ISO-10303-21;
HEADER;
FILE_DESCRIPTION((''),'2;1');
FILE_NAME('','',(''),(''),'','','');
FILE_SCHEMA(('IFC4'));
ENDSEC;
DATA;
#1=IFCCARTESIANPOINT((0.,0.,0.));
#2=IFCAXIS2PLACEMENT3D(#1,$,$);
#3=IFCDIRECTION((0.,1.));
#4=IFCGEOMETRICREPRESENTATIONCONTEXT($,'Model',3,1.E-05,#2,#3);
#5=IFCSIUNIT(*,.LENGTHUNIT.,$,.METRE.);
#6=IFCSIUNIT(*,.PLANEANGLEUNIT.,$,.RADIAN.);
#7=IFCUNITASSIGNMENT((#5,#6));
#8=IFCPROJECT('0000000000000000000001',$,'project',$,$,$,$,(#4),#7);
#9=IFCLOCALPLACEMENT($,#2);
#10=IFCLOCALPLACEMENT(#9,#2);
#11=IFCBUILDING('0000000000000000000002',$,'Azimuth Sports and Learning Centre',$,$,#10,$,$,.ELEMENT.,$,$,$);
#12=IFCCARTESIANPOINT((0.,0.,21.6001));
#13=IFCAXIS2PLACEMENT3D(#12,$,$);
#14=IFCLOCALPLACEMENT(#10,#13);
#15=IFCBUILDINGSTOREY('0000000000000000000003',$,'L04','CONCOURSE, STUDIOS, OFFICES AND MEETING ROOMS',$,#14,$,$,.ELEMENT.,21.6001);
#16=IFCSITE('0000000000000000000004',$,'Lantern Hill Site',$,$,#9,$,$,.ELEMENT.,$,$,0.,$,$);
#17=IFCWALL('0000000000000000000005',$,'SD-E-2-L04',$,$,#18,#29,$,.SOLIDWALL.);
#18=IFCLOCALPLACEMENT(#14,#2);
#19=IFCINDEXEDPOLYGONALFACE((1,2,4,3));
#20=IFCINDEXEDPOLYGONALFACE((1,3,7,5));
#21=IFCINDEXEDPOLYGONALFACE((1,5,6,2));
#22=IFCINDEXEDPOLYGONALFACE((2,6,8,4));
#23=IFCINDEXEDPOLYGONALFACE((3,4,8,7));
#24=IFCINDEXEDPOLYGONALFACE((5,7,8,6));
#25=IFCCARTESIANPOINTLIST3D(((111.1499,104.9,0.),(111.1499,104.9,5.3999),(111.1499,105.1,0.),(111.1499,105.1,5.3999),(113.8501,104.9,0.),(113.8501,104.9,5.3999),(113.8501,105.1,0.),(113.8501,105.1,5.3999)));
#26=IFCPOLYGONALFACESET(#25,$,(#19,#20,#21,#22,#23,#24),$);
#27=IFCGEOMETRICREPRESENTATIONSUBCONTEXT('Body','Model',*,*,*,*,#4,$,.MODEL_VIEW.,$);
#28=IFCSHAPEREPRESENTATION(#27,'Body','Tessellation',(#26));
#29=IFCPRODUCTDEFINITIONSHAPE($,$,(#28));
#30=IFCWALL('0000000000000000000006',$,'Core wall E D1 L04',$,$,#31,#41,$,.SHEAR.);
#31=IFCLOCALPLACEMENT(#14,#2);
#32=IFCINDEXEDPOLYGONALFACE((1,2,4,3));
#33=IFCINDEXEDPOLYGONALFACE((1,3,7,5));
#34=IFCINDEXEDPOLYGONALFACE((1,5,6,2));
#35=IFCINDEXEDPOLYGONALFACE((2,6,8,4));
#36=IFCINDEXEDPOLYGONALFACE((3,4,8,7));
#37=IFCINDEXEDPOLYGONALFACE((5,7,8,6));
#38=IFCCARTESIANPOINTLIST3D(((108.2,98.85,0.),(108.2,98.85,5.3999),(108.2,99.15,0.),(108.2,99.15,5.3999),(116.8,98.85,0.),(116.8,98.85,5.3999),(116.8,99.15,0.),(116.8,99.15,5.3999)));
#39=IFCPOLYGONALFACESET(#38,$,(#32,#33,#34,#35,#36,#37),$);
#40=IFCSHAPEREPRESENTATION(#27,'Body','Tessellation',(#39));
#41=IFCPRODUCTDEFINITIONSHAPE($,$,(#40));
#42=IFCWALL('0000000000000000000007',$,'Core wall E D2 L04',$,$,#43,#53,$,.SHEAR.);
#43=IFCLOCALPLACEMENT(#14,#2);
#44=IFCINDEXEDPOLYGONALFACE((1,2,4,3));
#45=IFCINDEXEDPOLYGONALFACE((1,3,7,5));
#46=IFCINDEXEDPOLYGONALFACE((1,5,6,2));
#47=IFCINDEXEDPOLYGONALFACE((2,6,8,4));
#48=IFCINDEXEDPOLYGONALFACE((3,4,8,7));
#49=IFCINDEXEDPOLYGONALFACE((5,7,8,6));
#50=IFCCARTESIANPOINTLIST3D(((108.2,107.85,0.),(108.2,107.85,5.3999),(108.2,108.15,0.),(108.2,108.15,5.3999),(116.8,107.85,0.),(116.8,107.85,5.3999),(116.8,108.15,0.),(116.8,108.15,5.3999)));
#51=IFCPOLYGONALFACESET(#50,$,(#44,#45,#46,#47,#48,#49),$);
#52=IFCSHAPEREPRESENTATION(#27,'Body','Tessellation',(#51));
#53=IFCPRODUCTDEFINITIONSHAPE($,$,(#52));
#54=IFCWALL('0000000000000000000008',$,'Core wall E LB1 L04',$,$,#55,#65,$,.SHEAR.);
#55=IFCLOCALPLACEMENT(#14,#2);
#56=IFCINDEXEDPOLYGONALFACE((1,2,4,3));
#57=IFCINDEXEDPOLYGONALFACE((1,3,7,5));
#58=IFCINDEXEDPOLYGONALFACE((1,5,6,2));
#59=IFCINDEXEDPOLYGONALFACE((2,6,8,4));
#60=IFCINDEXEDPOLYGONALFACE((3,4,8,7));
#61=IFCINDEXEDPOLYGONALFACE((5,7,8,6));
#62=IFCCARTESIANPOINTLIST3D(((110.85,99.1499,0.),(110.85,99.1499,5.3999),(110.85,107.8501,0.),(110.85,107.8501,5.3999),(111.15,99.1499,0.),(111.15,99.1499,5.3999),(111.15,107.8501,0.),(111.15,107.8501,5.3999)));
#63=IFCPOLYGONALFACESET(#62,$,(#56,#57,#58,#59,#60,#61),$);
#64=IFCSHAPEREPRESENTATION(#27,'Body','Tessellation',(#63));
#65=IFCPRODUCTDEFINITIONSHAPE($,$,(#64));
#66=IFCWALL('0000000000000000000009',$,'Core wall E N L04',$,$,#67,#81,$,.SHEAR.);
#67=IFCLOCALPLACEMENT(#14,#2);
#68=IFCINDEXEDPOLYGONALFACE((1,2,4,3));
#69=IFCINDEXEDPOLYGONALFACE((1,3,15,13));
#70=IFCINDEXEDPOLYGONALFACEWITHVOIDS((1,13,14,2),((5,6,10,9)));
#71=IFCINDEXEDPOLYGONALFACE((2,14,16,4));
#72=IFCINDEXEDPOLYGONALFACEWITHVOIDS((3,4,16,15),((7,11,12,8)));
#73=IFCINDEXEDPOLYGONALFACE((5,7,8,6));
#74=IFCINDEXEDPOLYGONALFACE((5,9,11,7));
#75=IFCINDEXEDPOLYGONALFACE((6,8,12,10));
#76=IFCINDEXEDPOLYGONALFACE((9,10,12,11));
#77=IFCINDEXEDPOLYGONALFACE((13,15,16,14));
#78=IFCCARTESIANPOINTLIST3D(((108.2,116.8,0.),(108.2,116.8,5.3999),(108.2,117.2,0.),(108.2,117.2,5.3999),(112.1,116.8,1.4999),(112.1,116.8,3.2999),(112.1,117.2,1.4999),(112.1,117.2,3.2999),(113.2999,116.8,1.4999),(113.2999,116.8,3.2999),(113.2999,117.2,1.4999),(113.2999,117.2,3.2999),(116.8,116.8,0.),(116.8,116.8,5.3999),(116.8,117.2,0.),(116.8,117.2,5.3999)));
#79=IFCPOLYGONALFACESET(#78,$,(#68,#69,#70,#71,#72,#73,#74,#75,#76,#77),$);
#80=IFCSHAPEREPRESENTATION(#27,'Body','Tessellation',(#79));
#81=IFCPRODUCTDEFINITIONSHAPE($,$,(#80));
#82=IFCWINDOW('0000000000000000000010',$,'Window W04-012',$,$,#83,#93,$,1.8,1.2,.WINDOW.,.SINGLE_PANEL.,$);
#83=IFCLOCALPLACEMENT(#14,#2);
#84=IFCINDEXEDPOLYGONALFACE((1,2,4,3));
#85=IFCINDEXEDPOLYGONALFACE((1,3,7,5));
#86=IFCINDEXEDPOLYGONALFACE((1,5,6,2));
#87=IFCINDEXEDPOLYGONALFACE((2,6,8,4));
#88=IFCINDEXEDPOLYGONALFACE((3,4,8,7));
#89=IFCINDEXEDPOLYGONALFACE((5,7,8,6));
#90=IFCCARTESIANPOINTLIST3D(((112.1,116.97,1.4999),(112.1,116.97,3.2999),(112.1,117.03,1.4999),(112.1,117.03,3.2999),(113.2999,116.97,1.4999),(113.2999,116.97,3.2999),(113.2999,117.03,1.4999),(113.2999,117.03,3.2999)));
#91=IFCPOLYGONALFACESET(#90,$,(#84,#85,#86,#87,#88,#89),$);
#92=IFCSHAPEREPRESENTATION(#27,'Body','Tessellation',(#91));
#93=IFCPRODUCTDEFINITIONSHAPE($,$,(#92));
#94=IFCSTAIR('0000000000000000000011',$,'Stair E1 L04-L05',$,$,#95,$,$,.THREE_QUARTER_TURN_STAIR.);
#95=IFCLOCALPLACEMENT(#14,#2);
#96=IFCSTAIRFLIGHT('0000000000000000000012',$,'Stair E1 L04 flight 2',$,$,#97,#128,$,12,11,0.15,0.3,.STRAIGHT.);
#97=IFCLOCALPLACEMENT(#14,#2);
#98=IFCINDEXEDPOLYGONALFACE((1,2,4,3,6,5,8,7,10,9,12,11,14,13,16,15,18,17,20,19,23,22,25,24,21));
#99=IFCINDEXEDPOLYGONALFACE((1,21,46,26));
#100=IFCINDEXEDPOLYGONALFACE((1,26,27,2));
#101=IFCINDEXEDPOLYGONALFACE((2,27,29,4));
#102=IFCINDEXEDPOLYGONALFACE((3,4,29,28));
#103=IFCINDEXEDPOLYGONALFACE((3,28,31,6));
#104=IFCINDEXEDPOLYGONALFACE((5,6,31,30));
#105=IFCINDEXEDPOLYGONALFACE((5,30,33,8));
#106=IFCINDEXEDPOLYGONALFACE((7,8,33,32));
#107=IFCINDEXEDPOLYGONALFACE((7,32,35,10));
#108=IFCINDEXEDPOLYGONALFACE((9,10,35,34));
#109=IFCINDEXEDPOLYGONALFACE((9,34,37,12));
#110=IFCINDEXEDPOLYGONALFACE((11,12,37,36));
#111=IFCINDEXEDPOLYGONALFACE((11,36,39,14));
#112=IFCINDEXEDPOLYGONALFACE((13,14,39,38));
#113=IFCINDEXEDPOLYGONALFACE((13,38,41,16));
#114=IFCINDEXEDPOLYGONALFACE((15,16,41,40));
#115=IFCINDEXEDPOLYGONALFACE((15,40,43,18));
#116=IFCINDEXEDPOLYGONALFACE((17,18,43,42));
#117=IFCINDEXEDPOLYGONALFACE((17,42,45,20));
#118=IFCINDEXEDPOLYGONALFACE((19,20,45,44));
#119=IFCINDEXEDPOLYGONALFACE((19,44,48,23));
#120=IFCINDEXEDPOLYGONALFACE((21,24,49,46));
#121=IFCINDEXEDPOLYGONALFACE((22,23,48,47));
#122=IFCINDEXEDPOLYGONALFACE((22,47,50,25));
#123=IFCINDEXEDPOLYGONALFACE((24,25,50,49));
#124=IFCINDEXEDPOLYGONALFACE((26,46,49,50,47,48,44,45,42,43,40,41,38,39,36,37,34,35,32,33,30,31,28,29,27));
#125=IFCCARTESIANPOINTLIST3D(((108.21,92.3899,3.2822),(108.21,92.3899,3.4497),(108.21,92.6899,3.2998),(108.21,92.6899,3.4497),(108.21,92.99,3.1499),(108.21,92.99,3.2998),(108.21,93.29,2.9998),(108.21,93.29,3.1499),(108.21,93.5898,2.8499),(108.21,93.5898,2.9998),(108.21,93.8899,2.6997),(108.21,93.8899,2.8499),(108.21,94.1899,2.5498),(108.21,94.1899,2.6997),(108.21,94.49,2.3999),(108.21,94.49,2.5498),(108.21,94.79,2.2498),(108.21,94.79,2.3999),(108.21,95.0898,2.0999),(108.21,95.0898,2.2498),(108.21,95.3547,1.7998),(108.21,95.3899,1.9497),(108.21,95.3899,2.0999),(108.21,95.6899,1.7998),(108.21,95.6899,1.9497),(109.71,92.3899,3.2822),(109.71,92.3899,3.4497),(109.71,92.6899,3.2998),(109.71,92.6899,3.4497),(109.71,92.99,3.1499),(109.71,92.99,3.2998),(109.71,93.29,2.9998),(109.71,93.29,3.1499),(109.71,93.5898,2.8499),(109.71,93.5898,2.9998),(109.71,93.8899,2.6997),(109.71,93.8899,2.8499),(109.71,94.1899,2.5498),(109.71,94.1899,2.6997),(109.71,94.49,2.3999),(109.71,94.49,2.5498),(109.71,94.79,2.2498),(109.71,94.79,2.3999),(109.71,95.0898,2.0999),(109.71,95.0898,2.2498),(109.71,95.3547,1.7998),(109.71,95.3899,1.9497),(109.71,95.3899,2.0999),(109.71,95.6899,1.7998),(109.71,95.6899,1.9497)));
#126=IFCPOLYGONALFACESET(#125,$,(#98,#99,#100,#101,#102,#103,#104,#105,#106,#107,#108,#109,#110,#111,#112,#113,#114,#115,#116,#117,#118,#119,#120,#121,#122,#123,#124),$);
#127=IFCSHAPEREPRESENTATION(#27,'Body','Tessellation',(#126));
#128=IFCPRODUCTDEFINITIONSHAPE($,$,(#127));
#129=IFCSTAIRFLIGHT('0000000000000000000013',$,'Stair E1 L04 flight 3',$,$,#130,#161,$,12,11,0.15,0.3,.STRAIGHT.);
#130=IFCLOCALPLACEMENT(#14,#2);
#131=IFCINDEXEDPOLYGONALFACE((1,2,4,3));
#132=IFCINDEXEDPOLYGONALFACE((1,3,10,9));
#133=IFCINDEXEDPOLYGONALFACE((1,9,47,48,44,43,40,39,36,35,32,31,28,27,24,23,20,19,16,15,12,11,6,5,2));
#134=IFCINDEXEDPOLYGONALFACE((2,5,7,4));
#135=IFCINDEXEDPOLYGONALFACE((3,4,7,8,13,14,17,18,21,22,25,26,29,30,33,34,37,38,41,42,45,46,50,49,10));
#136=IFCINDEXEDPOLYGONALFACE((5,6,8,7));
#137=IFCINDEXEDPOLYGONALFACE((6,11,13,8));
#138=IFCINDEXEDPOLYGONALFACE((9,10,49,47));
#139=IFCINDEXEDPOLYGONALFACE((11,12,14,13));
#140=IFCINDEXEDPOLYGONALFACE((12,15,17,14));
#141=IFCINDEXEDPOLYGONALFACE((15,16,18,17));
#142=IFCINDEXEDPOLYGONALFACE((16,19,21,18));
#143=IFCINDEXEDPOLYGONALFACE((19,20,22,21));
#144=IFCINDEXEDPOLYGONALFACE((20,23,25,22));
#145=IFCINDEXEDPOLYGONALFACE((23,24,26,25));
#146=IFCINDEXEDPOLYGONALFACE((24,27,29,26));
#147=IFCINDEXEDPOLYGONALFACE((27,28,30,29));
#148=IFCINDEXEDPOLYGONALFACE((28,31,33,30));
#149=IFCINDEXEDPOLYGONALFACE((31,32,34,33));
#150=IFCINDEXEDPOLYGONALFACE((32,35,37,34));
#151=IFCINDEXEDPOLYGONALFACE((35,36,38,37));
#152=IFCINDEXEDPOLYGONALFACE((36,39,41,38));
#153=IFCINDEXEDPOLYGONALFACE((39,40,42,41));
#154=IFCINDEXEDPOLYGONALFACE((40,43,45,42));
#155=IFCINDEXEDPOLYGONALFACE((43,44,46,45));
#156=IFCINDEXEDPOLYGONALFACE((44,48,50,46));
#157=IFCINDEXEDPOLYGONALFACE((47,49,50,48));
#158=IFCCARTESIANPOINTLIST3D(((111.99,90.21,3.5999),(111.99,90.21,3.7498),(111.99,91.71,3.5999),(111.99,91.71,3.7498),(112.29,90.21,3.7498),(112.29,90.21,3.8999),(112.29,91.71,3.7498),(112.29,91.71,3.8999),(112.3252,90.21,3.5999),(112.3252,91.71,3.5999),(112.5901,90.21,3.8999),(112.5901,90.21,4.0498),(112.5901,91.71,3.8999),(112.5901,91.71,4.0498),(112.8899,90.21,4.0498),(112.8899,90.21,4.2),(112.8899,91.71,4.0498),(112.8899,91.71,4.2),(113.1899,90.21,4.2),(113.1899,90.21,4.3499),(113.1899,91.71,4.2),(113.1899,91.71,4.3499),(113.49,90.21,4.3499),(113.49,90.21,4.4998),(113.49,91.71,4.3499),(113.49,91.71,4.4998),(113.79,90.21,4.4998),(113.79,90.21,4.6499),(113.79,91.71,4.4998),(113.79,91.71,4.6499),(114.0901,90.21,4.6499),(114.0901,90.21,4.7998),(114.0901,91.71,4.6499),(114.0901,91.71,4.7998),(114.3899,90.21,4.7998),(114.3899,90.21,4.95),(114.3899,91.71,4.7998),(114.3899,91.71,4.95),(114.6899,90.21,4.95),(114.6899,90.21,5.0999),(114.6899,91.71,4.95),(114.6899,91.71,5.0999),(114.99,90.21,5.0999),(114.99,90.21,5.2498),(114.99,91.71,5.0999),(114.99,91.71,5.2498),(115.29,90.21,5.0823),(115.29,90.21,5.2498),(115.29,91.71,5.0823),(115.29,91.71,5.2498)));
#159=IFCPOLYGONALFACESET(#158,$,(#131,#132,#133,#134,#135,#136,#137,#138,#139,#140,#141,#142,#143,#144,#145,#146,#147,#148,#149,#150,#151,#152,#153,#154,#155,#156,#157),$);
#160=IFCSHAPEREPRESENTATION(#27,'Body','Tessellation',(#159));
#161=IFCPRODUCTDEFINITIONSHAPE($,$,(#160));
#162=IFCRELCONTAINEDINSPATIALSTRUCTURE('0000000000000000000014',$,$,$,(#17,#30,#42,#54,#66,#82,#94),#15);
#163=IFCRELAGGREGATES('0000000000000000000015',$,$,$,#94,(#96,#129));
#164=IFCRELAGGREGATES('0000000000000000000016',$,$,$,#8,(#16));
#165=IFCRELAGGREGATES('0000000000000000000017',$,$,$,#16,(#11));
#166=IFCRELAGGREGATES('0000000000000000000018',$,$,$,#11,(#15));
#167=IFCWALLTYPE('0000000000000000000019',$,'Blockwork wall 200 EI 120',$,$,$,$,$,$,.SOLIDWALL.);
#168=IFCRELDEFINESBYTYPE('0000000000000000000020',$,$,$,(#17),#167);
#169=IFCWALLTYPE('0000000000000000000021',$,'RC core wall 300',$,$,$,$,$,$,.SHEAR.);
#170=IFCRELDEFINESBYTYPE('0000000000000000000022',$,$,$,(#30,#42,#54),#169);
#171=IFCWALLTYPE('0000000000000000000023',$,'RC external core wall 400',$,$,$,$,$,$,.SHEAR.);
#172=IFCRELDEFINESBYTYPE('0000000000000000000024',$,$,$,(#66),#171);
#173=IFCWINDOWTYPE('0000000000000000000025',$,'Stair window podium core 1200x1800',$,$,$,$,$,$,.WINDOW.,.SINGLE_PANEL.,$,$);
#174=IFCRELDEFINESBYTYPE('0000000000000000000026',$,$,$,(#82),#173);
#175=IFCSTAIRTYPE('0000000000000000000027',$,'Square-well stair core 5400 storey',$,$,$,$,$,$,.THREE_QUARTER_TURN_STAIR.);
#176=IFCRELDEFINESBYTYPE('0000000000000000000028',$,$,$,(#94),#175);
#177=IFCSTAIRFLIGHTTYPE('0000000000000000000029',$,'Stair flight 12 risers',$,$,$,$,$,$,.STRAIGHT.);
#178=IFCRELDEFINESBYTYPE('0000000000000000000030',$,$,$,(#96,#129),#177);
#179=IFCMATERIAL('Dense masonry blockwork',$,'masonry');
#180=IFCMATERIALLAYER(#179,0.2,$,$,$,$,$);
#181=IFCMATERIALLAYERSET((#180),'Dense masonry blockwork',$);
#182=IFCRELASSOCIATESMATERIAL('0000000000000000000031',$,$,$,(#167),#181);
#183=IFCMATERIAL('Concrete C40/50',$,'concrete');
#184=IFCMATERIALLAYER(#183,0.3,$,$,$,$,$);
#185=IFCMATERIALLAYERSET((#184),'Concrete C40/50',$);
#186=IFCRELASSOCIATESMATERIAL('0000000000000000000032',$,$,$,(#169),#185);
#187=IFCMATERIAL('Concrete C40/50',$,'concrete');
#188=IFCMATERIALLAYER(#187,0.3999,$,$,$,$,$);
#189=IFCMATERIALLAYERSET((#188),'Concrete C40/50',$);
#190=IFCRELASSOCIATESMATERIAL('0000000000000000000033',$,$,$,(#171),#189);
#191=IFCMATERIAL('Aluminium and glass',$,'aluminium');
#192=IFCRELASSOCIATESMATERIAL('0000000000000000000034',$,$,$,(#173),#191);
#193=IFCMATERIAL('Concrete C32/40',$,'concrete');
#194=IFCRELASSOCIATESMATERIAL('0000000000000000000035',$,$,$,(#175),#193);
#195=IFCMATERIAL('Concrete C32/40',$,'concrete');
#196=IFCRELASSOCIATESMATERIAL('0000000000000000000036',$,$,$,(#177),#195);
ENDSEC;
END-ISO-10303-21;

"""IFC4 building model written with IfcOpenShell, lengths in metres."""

from ifc_helpers import new_model, si_unit, direction, frame, frame_2d, origin, place, context, subcontext, project, spatial, polyline, rectangle, outline, extrude, material, layer, layer_set, type_object, element, fill, aggregate, save


model = new_model("IFC4")

# Units and contexts
model_context = context("Model", 3, precision=1e-05, world=origin(), true_north=direction((0.0, 1.0)))
body_context = subcontext(model_context, "Body", "Model", "MODEL_VIEW")
ifc_project = project(units=[si_unit("LENGTHUNIT", "METRE"), si_unit("PLANEANGLEUNIT", "RADIAN")], contexts=[model_context])

# Site, building, storey
site_placement = place(None, origin())
site = spatial("IfcSite", under=ifc_project, at=site_placement, Name="Lantern Hill Site", CompositionType="ELEMENT", RefElevation=0.0)
building_placement = place(site_placement, origin())
building = spatial("IfcBuilding", under=site, at=building_placement, Name="Azimuth Sports and Learning Centre", CompositionType="ELEMENT")
storey_placement = place(building_placement, frame((0.0, 0.0, 21.6001)))
storey = spatial("IfcBuildingStorey", under=building, at=storey_placement, Name="L04", Description="CONCOURSE, STUDIOS, OFFICES AND MEETING ROOMS", CompositionType="ELEMENT", Elevation=21.6001)

# Walls
ifc_material_1 = material(Name="Dense masonry blockwork", Category="masonry")
ifc_layer_1 = layer(ifc_material_1, 0.2)
ifc_layer_set_1 = layer_set([ifc_layer_1], Name="Dense masonry blockwork")
wall_type_1 = type_object("IfcWallType", Name="Blockwork wall 200 EI 120", PredefinedType="SOLIDWALL", material=ifc_layer_set_1)
for number, where, z_axis, x_axis, name in (
    (1, (111.1499, 105.0, 0.0), (0.0, 0.0, 1.0), (1.0, 0.0, 0.0), "SD-E-2-L04"),
):
    element("IfcWall", number, at=place(storey_placement, frame(where, z_axis=z_axis, x_axis=x_axis)), inside=storey, type_object=wall_type_1, Name=name, PredefinedType="SOLIDWALL", context=body_context, shape_type="SweptSolid", body=[
        extrude(rectangle(XDim=2.7002, YDim=0.2, at=frame_2d((1.3501, 0.0))), origin(), (0.0, 0.0, 1.0), 5.3999),
    ])
ifc_material_2 = material(Name="Concrete C40/50", Category="concrete")
ifc_layer_2 = layer(ifc_material_2, 0.3)
ifc_layer_set_2 = layer_set([ifc_layer_2], Name="Concrete C40/50")
wall_type_2 = type_object("IfcWallType", Name="RC core wall 300", PredefinedType="SHEAR", material=ifc_layer_set_2)
for number, where, z_axis, x_axis, name in (
    (2, (108.2, 99.0, 0.0), (0.0, 0.0, 1.0), (1.0, 0.0, 0.0), "Core wall E D1 L04"),
    (3, (108.2, 108.0, 0.0), (0.0, 0.0, 1.0), (1.0, 0.0, 0.0), "Core wall E D2 L04"),
):
    element("IfcWall", number, at=place(storey_placement, frame(where, z_axis=z_axis, x_axis=x_axis)), inside=storey, type_object=wall_type_2, Name=name, PredefinedType="SHEAR", context=body_context, shape_type="SweptSolid", body=[
        extrude(rectangle(XDim=8.6001, YDim=0.3, at=frame_2d((4.3, 0.0))), origin(), (0.0, 0.0, 1.0), 5.3999),
    ])
wall_1_placement = place(storey_placement, frame((111.0, 99.1499, 0.0), z_axis=(0.0, 0.0, 1.0), x_axis=(0.0, 1.0, 0.0)))
element("IfcWall", 4, at=wall_1_placement, inside=storey, type_object=wall_type_2, Name="Core wall E LB1 L04", PredefinedType="SHEAR", context=body_context, shape_type="SweptSolid", body=[
    extrude(rectangle(XDim=8.7002, YDim=0.3, at=frame_2d((4.3501, 0.0))), origin(), (0.0, 0.0, 1.0), 5.3999),
])

# Wall, opening, window
ifc_material_3 = material(Name="Concrete C40/50", Category="concrete")
ifc_layer_3 = layer(ifc_material_3, 0.3999)
ifc_layer_set_3 = layer_set([ifc_layer_3], Name="Concrete C40/50")
wall_type_3 = type_object("IfcWallType", Name="RC external core wall 400", PredefinedType="SHEAR", material=ifc_layer_set_3)
wall_2_placement = place(storey_placement, frame((108.2, 117.0, 0.0), z_axis=(0.0, 0.0, 1.0), x_axis=(1.0, 0.0, 0.0)))
wall_2 = element("IfcWall", 5, at=wall_2_placement, inside=storey, type_object=wall_type_3, Name="Core wall E N L04", PredefinedType="SHEAR", context=body_context, shape_type="SweptSolid", body=[
    extrude(rectangle(XDim=8.6001, YDim=0.3999, at=frame_2d((4.3, 0.0))), origin(), (0.0, 0.0, 1.0), 5.3999),
])
opening_placement = place(wall_2_placement, frame((3.8999, 0.0, 1.5)))
opening = element("IfcOpeningElement", 6, at=opening_placement, cuts=wall_2, PredefinedType="OPENING", context=body_context, shape_type="SweptSolid", body=[
    extrude(rectangle(XDim=1.2, YDim=1.8, at=frame_2d((0.6001, 0.8999))), frame((0.0, 0.2109, 0.0), z_axis=(0.0, -1.0, 0.0), x_axis=(1.0, 0.0, 0.0)), (0.0, 0.0, 1.0), 0.4219),
])
ifc_material_4 = material(Name="Aluminium and glass", Category="aluminium")
window_type = type_object("IfcWindowType", Name="Stair window podium core 1200x1800", PartitioningType="SINGLE_PANEL", PredefinedType="WINDOW", material=ifc_material_4)
window_placement = place(opening_placement, origin())
window = element("IfcWindow", 7, at=window_placement, inside=storey, type_object=window_type, Name="Window W04-012", OverallHeight=1.8, OverallWidth=1.2, PartitioningType="SINGLE_PANEL", PredefinedType="WINDOW", context=body_context, shape_type="SweptSolid", body=[
    extrude(rectangle(XDim=1.2, YDim=1.8, at=frame_2d((0.6001, 0.8999))), frame((0.0, 0.03, 0.0), z_axis=(0.0, -1.0, 0.0), x_axis=(1.0, 0.0, 0.0)), (0.0, 0.0, 1.0), 0.0601),
])
fill(opening, window)

# Stair, stair flights
ifc_material_5 = material(Name="Concrete C32/40", Category="concrete")
stair_type = type_object("IfcStairType", Name="Square-well stair core 5400 storey", PredefinedType="THREE_QUARTER_TURN_STAIR", material=ifc_material_5)
stair_1_placement = place(storey_placement, origin())
stair_1 = element("IfcStair", 8, at=stair_1_placement, inside=storey, type_object=stair_type, Name="Stair E1 L04-L05", PredefinedType="THREE_QUARTER_TURN_STAIR")
ifc_material_6 = material(Name="Concrete C32/40", Category="concrete")
stair_flight_type = type_object("IfcStairFlightType", Name="Stair flight 12 risers", PredefinedType="STRAIGHT", material=ifc_material_6)
stair_flight_1_placement = place(storey_placement, frame((108.96, 95.6899, 1.7998), z_axis=(0.0, 0.0, 1.0), x_axis=(0.0, -1.0, 0.0)))
stair_flight_1 = element("IfcStairFlight", 9, at=stair_flight_1_placement, type_object=stair_flight_type, Name="Stair E1 L04 flight 2", NumberOfRisers=12, NumberOfTreads=11, PredefinedType="STRAIGHT", RiserHeight=0.15, TreadLength=0.3, context=body_context, shape_type="SweptSolid", body=[
    extrude(outline(polyline([(0.0, 0.0), (0.0, 0.1499), (0.3, 0.1499), (0.3, 0.3), (0.6001, 0.3), (0.6001, 0.45), (0.8999, 0.45), (0.8999, 0.6001), (1.2, 0.6001), (1.2, 0.75), (1.5, 0.75), (1.5, 0.8999), (1.8, 0.8999), (1.8, 1.05), (2.1001, 1.05), (2.1001, 1.2), (2.3999, 1.2), (2.3999, 1.3501), (2.7, 1.3501), (2.7, 1.5), (3.0, 1.5), (3.0, 1.6499), (3.3, 1.6499), (3.3, 1.8), (3.3, 1.4824), (0.3352, 0.0), (0.0, 0.0)])), frame((0.0, 0.75, 0.0), z_axis=(0.0, -1.0, 0.0), x_axis=(1.0, 0.0, 0.0)), (0.0, 0.0, 1.0), 1.5),
])
stair_flight_2_placement = place(storey_placement, frame((111.99, 90.96, 3.5999), z_axis=(0.0, 0.0, 1.0), x_axis=(1.0, 0.0, 0.0)))
stair_flight_2 = element("IfcStairFlight", 10, at=stair_flight_2_placement, type_object=stair_flight_type, Name="Stair E1 L04 flight 3", NumberOfRisers=12, NumberOfTreads=11, PredefinedType="STRAIGHT", RiserHeight=0.15, TreadLength=0.3, context=body_context, shape_type="SweptSolid", body=[
    extrude(outline(polyline([(0.0, 0.0), (0.0, 0.1499), (0.3, 0.1499), (0.3, 0.3), (0.6001, 0.3), (0.6001, 0.45), (0.8999, 0.45), (0.8999, 0.6001), (1.2, 0.6001), (1.2, 0.75), (1.5, 0.75), (1.5, 0.8999), (1.8, 0.8999), (1.8, 1.05), (2.1001, 1.05), (2.1001, 1.2), (2.3999, 1.2), (2.3999, 1.3501), (2.7, 1.3501), (2.7, 1.5), (3.0, 1.5), (3.0, 1.6499), (3.3, 1.6499), (3.3, 1.8), (3.3, 1.4824), (0.3352, 0.0), (0.0, 0.0)])), frame((0.0, 0.75, 0.0), z_axis=(0.0, -1.0, 0.0), x_axis=(1.0, 0.0, 0.0)), (0.0, 0.0, 1.0), 1.5),
])
aggregate(stair_1, [stair_flight_1, stair_flight_2])

save(model, "model.ifc")
